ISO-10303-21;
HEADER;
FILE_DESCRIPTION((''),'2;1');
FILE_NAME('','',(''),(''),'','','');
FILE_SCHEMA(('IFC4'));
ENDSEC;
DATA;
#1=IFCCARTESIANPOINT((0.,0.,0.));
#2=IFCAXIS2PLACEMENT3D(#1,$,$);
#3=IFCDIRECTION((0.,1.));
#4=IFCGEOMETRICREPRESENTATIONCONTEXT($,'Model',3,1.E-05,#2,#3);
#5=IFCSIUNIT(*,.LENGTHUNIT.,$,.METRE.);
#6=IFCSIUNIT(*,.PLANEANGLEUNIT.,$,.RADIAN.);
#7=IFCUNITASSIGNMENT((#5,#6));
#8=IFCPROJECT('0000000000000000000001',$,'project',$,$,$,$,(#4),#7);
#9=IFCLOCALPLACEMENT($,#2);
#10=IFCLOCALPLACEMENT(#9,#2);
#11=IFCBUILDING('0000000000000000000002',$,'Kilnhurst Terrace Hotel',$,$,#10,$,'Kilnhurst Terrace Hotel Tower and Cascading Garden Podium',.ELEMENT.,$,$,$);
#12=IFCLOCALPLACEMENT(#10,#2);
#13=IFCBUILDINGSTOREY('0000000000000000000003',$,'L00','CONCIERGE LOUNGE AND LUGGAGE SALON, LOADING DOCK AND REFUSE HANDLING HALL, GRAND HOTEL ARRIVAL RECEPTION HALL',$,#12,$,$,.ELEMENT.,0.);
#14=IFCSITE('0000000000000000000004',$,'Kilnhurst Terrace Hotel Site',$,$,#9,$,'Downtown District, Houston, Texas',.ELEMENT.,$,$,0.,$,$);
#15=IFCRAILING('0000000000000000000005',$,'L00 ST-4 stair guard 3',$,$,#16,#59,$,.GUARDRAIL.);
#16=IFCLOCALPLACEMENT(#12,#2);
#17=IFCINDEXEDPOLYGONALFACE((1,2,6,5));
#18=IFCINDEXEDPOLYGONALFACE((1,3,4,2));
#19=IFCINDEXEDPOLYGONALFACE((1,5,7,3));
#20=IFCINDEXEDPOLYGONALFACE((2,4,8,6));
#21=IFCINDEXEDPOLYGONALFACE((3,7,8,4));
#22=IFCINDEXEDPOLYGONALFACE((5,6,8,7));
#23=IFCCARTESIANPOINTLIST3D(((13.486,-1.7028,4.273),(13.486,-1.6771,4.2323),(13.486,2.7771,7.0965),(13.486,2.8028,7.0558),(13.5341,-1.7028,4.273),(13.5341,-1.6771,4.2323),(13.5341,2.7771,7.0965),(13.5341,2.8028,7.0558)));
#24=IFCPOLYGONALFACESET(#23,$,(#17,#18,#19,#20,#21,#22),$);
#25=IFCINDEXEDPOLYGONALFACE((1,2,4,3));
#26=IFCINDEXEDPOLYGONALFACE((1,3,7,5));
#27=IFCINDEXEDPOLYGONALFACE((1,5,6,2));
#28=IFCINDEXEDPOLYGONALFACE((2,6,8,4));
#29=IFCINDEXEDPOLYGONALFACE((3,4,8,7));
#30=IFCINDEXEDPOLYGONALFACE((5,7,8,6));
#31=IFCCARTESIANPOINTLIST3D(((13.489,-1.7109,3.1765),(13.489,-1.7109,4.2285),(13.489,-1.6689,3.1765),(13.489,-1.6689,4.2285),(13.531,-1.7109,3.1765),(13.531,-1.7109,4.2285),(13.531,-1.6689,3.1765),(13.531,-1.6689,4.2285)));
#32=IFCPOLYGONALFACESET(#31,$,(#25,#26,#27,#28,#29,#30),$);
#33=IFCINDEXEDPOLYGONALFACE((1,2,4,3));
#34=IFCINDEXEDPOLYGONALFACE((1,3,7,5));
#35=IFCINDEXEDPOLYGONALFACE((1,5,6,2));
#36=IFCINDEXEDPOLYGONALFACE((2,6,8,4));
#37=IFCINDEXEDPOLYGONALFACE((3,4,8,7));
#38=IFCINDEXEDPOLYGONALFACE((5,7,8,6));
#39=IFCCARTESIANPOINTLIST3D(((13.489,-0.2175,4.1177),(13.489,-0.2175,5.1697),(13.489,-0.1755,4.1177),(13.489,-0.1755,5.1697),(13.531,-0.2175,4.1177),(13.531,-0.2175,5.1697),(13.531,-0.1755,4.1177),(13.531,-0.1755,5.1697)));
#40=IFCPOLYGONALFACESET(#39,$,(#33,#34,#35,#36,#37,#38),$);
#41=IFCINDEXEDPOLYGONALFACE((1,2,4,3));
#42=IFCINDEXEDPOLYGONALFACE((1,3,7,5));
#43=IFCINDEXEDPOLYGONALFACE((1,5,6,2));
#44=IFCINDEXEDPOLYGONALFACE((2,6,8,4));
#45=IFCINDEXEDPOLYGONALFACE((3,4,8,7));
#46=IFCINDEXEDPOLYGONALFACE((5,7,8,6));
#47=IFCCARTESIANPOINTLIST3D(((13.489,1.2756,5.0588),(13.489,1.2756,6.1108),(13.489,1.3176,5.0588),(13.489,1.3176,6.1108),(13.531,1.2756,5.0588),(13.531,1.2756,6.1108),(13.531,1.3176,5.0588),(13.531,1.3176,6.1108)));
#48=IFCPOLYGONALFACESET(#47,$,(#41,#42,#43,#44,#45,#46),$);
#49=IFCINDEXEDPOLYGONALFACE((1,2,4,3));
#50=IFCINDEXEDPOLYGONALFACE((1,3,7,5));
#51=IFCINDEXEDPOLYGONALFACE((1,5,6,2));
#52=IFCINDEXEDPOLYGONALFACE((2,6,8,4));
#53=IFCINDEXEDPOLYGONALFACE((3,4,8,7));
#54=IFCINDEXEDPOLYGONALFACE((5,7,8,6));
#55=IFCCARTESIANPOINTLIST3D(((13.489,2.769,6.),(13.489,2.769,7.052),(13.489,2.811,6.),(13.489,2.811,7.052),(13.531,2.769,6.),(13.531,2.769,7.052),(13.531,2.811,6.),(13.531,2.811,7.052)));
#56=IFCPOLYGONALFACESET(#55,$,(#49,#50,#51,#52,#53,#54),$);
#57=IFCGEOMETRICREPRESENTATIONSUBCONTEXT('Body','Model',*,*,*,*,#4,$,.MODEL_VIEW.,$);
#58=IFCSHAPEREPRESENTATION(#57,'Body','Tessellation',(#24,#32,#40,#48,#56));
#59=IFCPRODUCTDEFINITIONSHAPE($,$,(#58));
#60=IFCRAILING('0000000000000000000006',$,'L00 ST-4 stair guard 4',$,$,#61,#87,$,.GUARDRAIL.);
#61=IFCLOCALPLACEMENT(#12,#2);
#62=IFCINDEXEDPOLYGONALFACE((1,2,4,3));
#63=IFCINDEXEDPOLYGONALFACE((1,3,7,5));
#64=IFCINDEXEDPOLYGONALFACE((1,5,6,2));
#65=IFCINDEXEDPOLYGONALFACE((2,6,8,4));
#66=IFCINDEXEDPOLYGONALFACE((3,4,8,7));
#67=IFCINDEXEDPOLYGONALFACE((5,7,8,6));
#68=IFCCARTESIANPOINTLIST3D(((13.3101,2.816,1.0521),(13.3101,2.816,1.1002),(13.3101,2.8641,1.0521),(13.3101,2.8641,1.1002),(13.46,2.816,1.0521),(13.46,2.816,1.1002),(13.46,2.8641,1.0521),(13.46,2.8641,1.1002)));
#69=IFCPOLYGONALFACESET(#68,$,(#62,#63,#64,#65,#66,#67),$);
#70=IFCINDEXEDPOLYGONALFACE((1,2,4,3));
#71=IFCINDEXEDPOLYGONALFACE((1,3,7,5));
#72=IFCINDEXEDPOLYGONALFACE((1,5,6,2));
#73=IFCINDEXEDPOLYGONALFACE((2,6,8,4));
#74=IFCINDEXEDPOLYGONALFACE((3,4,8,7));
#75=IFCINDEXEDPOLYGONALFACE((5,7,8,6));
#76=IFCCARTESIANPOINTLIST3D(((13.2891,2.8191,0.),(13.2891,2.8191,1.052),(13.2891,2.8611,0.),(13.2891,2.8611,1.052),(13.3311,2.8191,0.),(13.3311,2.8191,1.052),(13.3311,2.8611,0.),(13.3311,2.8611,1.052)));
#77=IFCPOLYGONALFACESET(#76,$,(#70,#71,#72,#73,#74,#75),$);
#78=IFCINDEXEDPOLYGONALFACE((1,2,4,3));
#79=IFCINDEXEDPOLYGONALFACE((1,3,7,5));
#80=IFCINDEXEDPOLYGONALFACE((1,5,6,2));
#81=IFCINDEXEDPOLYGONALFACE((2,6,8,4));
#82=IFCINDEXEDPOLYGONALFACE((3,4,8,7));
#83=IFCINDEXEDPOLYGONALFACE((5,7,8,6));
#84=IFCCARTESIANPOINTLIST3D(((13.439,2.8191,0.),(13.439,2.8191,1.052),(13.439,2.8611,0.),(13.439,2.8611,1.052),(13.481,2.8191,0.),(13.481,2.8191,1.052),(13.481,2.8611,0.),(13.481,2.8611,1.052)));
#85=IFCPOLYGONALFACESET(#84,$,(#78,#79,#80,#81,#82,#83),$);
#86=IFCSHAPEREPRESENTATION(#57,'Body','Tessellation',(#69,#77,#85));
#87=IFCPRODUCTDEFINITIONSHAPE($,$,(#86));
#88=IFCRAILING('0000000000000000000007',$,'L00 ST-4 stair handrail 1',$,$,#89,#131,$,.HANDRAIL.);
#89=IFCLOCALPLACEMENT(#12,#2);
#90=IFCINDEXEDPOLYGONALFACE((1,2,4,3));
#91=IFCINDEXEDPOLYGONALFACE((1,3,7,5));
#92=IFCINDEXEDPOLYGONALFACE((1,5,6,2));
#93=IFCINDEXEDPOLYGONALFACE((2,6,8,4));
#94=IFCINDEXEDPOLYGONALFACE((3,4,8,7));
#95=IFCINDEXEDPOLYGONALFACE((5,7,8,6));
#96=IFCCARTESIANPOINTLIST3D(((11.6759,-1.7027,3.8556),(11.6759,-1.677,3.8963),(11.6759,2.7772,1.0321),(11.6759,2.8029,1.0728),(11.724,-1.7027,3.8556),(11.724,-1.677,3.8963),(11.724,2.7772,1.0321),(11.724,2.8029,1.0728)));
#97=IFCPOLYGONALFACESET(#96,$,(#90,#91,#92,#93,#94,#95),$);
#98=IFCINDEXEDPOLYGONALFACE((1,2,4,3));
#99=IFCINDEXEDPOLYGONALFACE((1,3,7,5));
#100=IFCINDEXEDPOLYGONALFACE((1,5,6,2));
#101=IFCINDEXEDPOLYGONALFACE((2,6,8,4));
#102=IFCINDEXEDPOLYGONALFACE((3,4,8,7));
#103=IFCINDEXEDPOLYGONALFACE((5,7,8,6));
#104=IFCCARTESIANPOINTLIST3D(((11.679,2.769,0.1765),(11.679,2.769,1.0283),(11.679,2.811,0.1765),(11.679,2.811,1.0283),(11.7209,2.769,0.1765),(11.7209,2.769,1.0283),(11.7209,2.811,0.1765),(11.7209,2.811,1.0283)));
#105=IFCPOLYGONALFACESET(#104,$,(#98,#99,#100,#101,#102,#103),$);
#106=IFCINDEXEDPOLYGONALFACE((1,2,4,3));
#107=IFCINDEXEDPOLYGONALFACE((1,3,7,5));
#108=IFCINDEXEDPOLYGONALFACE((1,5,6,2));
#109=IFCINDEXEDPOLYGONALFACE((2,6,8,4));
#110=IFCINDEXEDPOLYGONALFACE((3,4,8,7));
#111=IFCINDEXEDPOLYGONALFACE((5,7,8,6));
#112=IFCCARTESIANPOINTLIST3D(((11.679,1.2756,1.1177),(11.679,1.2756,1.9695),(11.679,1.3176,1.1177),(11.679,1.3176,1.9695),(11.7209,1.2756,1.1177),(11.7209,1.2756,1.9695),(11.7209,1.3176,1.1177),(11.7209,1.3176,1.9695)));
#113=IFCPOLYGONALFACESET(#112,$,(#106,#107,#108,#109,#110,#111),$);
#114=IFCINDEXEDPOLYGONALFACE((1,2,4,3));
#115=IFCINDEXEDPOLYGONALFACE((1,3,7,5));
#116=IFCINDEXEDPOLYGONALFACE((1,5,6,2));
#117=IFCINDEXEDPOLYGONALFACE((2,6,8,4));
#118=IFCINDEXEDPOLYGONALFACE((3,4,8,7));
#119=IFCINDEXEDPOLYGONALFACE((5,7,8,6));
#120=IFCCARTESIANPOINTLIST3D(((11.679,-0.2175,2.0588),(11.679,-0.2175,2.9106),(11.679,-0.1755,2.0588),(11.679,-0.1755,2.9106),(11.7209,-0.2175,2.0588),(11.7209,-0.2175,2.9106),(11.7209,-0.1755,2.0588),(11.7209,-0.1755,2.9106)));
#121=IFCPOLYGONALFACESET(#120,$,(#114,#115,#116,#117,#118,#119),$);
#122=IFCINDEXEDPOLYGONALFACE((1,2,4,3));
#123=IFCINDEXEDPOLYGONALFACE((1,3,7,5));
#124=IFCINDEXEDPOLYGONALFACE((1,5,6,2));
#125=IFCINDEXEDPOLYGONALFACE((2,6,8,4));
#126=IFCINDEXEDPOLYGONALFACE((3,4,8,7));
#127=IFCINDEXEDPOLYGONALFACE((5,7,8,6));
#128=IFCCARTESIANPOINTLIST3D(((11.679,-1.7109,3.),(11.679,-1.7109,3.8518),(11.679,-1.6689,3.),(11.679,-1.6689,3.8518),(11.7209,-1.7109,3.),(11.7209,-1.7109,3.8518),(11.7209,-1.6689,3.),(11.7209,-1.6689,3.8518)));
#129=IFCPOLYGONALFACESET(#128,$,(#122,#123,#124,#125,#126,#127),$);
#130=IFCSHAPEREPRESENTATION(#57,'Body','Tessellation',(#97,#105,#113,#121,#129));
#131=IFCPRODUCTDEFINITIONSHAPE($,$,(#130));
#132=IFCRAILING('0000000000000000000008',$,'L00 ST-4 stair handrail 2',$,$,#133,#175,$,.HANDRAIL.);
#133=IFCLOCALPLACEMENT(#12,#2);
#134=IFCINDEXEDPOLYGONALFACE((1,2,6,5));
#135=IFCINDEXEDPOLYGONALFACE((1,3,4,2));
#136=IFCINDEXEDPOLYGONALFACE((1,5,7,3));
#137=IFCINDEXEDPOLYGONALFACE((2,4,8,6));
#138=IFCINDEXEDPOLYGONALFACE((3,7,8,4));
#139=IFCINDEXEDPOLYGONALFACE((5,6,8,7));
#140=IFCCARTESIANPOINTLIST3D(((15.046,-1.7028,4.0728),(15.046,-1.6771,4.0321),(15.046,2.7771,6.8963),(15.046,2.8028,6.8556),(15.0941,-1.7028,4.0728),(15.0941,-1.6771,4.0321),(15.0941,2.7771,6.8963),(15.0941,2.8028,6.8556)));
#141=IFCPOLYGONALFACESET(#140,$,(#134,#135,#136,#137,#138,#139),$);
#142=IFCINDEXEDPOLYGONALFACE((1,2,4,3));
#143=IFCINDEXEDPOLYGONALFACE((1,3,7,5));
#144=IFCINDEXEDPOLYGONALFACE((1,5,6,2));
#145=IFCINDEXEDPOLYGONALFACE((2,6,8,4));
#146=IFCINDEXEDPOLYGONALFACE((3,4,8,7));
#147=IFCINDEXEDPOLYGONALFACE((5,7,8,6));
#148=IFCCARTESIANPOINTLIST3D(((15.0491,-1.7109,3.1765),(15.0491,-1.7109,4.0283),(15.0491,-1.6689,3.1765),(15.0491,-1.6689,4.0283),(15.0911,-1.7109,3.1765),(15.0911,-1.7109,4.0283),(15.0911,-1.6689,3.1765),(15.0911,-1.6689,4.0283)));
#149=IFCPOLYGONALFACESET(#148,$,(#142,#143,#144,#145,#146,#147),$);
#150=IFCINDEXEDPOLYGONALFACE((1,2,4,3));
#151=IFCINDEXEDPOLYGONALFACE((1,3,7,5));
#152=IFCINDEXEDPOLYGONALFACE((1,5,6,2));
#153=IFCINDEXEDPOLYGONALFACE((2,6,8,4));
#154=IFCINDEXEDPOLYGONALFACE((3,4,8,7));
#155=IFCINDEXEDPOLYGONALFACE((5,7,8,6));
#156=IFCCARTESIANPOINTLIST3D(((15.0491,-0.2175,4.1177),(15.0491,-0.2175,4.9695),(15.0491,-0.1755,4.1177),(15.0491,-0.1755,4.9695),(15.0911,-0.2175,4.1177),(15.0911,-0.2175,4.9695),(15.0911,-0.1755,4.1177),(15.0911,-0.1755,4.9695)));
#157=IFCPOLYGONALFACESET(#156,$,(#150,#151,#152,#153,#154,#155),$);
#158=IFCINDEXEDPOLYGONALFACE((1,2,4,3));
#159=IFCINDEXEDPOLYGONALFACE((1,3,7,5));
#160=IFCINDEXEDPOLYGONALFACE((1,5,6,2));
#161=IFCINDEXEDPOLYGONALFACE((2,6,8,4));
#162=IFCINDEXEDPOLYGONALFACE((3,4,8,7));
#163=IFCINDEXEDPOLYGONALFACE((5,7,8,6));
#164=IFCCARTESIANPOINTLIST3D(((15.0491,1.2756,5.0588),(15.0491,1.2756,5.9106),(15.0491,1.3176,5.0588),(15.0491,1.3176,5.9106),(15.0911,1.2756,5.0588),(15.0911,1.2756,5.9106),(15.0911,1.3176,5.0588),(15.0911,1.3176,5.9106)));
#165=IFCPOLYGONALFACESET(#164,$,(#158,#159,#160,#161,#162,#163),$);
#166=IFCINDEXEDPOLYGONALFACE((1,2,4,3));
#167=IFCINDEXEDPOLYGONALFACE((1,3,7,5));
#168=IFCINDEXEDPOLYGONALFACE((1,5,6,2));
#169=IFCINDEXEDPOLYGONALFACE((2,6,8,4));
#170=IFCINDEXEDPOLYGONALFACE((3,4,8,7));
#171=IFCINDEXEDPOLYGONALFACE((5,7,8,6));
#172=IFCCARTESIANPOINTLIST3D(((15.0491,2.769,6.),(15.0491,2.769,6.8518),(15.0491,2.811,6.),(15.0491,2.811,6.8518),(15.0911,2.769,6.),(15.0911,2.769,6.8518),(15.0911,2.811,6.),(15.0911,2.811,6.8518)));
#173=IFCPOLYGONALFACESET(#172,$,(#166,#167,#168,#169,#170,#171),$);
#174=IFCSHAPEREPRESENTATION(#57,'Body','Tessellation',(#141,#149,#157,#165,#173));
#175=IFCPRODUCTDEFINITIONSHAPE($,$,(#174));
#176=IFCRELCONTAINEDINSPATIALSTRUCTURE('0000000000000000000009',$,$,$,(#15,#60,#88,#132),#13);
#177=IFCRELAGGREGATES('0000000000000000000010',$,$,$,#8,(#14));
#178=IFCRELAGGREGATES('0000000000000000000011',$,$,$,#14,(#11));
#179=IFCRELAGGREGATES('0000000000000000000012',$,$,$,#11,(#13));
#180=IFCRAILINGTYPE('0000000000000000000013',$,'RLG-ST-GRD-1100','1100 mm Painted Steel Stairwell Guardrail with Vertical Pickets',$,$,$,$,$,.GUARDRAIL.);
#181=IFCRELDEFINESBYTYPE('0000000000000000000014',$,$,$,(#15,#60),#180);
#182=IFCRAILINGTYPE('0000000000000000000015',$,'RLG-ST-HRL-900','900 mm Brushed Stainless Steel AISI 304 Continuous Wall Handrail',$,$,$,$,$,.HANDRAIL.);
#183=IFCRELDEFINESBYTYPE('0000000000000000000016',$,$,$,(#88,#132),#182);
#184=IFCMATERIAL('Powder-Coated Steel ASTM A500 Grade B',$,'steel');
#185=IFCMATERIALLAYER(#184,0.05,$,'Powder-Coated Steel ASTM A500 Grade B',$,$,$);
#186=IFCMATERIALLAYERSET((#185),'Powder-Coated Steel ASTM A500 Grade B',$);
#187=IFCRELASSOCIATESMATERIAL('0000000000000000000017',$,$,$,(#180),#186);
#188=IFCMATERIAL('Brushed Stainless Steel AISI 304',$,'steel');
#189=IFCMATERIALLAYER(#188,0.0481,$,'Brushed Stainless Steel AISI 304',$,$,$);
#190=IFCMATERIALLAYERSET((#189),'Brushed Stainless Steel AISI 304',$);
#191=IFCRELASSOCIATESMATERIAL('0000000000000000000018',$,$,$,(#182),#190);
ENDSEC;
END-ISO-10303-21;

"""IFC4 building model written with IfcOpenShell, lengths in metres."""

from ifc_helpers import new_model, si_unit, direction, frame, origin, origin_2d, place, context, subcontext, project, spatial, rectangle, extrude, material, layer, layer_set, type_object, element, save


model = new_model("IFC4")

# Units and contexts
model_context = context("Model", 3, precision=1e-05, world=origin(), true_north=direction((0.0, 1.0)))
body_context = subcontext(model_context, "Body", "Model", "MODEL_VIEW")
ifc_project = project(units=[si_unit("LENGTHUNIT", "METRE"), si_unit("PLANEANGLEUNIT", "RADIAN")], contexts=[model_context])

# Site, building, storey
site_placement = place(None, origin())
site = spatial("IfcSite", under=ifc_project, at=site_placement, Name="Kilnhurst Terrace Hotel Site", LongName="Downtown District, Houston, Texas", CompositionType="ELEMENT", RefElevation=0.0)
building_placement = place(site_placement, origin())
building = spatial("IfcBuilding", under=site, at=building_placement, Name="Kilnhurst Terrace Hotel", LongName="Kilnhurst Terrace Hotel Tower and Cascading Garden Podium", CompositionType="ELEMENT")
storey_placement = place(building_placement, origin())
storey = spatial("IfcBuildingStorey", under=building, at=storey_placement, Name="L00", Description="CONCIERGE LOUNGE AND LUGGAGE SALON, LOADING DOCK AND REFUSE HANDLING HALL, GRAND HOTEL ARRIVAL RECEPTION HALL", CompositionType="ELEMENT", Elevation=0.0)

# Railings
ifc_material_1 = material(Name="Powder-Coated Steel ASTM A500 Grade B", Category="steel")
ifc_layer_1 = layer(ifc_material_1, 0.05, Name="Powder-Coated Steel ASTM A500 Grade B")
ifc_layer_set_1 = layer_set([ifc_layer_1], Name="Powder-Coated Steel ASTM A500 Grade B")
railing_type_1 = type_object("IfcRailingType", Name="RLG-ST-GRD-1100", Description="1100 mm Painted Steel Stairwell Guardrail with Vertical Pickets", PredefinedType="GUARDRAIL", material=ifc_layer_set_1)
railing_1_placement = place(storey_placement, frame((13.51, -1.6899, 3.1765)))
element("IfcRailing", 1, at=railing_1_placement, inside=storey, type_object=railing_type_1, Name="L00 ST-4 stair guard 3", PredefinedType="GUARDRAIL", context=body_context, shape_type="SweptSolid", body=[
    extrude(rectangle(XDim=0.0481, YDim=0.0481, at=origin_2d()), frame((0.0, 0.0, 1.0762), z_axis=(0.0, 0.845998, 0.533186), x_axis=(-1.0, 0.0, 0.0)), (0.0, 0.0, 1.0), 5.2954),
    extrude(rectangle(XDim=0.042, YDim=0.042, at=origin_2d()), origin(), (0.0, 0.0, 1.0), 1.052),
    extrude(rectangle(XDim=0.042, YDim=0.042, at=origin_2d()), frame((0.0, 1.4934, 0.9412)), (0.0, 0.0, 1.0), 1.052),
    extrude(rectangle(XDim=0.042, YDim=0.042, at=origin_2d()), frame((0.0, 2.9866, 1.8823)), (0.0, 0.0, 1.0), 1.052),
    extrude(rectangle(XDim=0.042, YDim=0.042, at=origin_2d()), frame((0.0, 4.48, 2.8235)), (0.0, 0.0, 1.0), 1.052),
])
railing_2_placement = place(storey_placement, frame((13.3101, 2.8401, 0.0)))
element("IfcRailing", 2, at=railing_2_placement, inside=storey, type_object=railing_type_1, Name="L00 ST-4 stair guard 4", PredefinedType="GUARDRAIL", context=body_context, shape_type="SweptSolid", body=[
    extrude(rectangle(XDim=0.0481, YDim=0.0481, at=origin_2d()), frame((0.0, 0.0, 1.0762), z_axis=(1.0, 0.0, 0.0), x_axis=(0.0, 1.0, 0.0)), (0.0, 0.0, 1.0), 0.1499),
    extrude(rectangle(XDim=0.042, YDim=0.042, at=origin_2d()), origin(), (0.0, 0.0, 1.0), 1.052),
    extrude(rectangle(XDim=0.042, YDim=0.042, at=origin_2d()), frame((0.1499, 0.0, 0.0)), (0.0, 0.0, 1.0), 1.052),
])
ifc_material_2 = material(Name="Brushed Stainless Steel AISI 304", Category="steel")
ifc_layer_2 = layer(ifc_material_2, 0.0481, Name="Brushed Stainless Steel AISI 304")
ifc_layer_set_2 = layer_set([ifc_layer_2], Name="Brushed Stainless Steel AISI 304")
railing_type_2 = type_object("IfcRailingType", Name="RLG-ST-HRL-900", Description="900 mm Brushed Stainless Steel AISI 304 Continuous Wall Handrail", PredefinedType="HANDRAIL", material=ifc_layer_set_2)
railing_3_placement = place(storey_placement, frame((11.7, 2.79, 0.1765)))
element("IfcRailing", 3, at=railing_3_placement, inside=storey, type_object=railing_type_2, Name="L00 ST-4 stair handrail 1", PredefinedType="HANDRAIL", context=body_context, shape_type="SweptSolid", body=[
    extrude(rectangle(XDim=0.0481, YDim=0.0481, at=origin_2d()), frame((0.0, 0.0, 0.876), z_axis=(0.0, -0.845998, 0.533186), x_axis=(1.0, 0.0, 0.0)), (0.0, 0.0, 1.0), 5.2954),
    extrude(rectangle(XDim=0.042, YDim=0.042, at=origin_2d()), origin(), (0.0, 0.0, 1.0), 0.8518),
    extrude(rectangle(XDim=0.042, YDim=0.042, at=origin_2d()), frame((0.0, -1.4934, 0.9412)), (0.0, 0.0, 1.0), 0.8518),
    extrude(rectangle(XDim=0.042, YDim=0.042, at=origin_2d()), frame((0.0, -2.9866, 1.8823)), (0.0, 0.0, 1.0), 0.8518),
    extrude(rectangle(XDim=0.042, YDim=0.042, at=origin_2d()), frame((0.0, -4.48, 2.8235)), (0.0, 0.0, 1.0), 0.8518),
])
railing_4_placement = place(storey_placement, frame((15.0701, -1.6899, 3.1765)))
element("IfcRailing", 4, at=railing_4_placement, inside=storey, type_object=railing_type_2, Name="L00 ST-4 stair handrail 2", PredefinedType="HANDRAIL", context=body_context, shape_type="SweptSolid", body=[
    extrude(rectangle(XDim=0.0481, YDim=0.0481, at=origin_2d()), frame((0.0, 0.0, 0.876), z_axis=(0.0, 0.845998, 0.533186), x_axis=(-1.0, 0.0, 0.0)), (0.0, 0.0, 1.0), 5.2954),
    extrude(rectangle(XDim=0.042, YDim=0.042, at=origin_2d()), origin(), (0.0, 0.0, 1.0), 0.8518),
    extrude(rectangle(XDim=0.042, YDim=0.042, at=origin_2d()), frame((0.0, 1.4934, 0.9412)), (0.0, 0.0, 1.0), 0.8518),
    extrude(rectangle(XDim=0.042, YDim=0.042, at=origin_2d()), frame((0.0, 2.9866, 1.8823)), (0.0, 0.0, 1.0), 0.8518),
    extrude(rectangle(XDim=0.042, YDim=0.042, at=origin_2d()), frame((0.0, 4.48, 2.8235)), (0.0, 0.0, 1.0), 0.8518),
])

save(model, "model.ifc")
